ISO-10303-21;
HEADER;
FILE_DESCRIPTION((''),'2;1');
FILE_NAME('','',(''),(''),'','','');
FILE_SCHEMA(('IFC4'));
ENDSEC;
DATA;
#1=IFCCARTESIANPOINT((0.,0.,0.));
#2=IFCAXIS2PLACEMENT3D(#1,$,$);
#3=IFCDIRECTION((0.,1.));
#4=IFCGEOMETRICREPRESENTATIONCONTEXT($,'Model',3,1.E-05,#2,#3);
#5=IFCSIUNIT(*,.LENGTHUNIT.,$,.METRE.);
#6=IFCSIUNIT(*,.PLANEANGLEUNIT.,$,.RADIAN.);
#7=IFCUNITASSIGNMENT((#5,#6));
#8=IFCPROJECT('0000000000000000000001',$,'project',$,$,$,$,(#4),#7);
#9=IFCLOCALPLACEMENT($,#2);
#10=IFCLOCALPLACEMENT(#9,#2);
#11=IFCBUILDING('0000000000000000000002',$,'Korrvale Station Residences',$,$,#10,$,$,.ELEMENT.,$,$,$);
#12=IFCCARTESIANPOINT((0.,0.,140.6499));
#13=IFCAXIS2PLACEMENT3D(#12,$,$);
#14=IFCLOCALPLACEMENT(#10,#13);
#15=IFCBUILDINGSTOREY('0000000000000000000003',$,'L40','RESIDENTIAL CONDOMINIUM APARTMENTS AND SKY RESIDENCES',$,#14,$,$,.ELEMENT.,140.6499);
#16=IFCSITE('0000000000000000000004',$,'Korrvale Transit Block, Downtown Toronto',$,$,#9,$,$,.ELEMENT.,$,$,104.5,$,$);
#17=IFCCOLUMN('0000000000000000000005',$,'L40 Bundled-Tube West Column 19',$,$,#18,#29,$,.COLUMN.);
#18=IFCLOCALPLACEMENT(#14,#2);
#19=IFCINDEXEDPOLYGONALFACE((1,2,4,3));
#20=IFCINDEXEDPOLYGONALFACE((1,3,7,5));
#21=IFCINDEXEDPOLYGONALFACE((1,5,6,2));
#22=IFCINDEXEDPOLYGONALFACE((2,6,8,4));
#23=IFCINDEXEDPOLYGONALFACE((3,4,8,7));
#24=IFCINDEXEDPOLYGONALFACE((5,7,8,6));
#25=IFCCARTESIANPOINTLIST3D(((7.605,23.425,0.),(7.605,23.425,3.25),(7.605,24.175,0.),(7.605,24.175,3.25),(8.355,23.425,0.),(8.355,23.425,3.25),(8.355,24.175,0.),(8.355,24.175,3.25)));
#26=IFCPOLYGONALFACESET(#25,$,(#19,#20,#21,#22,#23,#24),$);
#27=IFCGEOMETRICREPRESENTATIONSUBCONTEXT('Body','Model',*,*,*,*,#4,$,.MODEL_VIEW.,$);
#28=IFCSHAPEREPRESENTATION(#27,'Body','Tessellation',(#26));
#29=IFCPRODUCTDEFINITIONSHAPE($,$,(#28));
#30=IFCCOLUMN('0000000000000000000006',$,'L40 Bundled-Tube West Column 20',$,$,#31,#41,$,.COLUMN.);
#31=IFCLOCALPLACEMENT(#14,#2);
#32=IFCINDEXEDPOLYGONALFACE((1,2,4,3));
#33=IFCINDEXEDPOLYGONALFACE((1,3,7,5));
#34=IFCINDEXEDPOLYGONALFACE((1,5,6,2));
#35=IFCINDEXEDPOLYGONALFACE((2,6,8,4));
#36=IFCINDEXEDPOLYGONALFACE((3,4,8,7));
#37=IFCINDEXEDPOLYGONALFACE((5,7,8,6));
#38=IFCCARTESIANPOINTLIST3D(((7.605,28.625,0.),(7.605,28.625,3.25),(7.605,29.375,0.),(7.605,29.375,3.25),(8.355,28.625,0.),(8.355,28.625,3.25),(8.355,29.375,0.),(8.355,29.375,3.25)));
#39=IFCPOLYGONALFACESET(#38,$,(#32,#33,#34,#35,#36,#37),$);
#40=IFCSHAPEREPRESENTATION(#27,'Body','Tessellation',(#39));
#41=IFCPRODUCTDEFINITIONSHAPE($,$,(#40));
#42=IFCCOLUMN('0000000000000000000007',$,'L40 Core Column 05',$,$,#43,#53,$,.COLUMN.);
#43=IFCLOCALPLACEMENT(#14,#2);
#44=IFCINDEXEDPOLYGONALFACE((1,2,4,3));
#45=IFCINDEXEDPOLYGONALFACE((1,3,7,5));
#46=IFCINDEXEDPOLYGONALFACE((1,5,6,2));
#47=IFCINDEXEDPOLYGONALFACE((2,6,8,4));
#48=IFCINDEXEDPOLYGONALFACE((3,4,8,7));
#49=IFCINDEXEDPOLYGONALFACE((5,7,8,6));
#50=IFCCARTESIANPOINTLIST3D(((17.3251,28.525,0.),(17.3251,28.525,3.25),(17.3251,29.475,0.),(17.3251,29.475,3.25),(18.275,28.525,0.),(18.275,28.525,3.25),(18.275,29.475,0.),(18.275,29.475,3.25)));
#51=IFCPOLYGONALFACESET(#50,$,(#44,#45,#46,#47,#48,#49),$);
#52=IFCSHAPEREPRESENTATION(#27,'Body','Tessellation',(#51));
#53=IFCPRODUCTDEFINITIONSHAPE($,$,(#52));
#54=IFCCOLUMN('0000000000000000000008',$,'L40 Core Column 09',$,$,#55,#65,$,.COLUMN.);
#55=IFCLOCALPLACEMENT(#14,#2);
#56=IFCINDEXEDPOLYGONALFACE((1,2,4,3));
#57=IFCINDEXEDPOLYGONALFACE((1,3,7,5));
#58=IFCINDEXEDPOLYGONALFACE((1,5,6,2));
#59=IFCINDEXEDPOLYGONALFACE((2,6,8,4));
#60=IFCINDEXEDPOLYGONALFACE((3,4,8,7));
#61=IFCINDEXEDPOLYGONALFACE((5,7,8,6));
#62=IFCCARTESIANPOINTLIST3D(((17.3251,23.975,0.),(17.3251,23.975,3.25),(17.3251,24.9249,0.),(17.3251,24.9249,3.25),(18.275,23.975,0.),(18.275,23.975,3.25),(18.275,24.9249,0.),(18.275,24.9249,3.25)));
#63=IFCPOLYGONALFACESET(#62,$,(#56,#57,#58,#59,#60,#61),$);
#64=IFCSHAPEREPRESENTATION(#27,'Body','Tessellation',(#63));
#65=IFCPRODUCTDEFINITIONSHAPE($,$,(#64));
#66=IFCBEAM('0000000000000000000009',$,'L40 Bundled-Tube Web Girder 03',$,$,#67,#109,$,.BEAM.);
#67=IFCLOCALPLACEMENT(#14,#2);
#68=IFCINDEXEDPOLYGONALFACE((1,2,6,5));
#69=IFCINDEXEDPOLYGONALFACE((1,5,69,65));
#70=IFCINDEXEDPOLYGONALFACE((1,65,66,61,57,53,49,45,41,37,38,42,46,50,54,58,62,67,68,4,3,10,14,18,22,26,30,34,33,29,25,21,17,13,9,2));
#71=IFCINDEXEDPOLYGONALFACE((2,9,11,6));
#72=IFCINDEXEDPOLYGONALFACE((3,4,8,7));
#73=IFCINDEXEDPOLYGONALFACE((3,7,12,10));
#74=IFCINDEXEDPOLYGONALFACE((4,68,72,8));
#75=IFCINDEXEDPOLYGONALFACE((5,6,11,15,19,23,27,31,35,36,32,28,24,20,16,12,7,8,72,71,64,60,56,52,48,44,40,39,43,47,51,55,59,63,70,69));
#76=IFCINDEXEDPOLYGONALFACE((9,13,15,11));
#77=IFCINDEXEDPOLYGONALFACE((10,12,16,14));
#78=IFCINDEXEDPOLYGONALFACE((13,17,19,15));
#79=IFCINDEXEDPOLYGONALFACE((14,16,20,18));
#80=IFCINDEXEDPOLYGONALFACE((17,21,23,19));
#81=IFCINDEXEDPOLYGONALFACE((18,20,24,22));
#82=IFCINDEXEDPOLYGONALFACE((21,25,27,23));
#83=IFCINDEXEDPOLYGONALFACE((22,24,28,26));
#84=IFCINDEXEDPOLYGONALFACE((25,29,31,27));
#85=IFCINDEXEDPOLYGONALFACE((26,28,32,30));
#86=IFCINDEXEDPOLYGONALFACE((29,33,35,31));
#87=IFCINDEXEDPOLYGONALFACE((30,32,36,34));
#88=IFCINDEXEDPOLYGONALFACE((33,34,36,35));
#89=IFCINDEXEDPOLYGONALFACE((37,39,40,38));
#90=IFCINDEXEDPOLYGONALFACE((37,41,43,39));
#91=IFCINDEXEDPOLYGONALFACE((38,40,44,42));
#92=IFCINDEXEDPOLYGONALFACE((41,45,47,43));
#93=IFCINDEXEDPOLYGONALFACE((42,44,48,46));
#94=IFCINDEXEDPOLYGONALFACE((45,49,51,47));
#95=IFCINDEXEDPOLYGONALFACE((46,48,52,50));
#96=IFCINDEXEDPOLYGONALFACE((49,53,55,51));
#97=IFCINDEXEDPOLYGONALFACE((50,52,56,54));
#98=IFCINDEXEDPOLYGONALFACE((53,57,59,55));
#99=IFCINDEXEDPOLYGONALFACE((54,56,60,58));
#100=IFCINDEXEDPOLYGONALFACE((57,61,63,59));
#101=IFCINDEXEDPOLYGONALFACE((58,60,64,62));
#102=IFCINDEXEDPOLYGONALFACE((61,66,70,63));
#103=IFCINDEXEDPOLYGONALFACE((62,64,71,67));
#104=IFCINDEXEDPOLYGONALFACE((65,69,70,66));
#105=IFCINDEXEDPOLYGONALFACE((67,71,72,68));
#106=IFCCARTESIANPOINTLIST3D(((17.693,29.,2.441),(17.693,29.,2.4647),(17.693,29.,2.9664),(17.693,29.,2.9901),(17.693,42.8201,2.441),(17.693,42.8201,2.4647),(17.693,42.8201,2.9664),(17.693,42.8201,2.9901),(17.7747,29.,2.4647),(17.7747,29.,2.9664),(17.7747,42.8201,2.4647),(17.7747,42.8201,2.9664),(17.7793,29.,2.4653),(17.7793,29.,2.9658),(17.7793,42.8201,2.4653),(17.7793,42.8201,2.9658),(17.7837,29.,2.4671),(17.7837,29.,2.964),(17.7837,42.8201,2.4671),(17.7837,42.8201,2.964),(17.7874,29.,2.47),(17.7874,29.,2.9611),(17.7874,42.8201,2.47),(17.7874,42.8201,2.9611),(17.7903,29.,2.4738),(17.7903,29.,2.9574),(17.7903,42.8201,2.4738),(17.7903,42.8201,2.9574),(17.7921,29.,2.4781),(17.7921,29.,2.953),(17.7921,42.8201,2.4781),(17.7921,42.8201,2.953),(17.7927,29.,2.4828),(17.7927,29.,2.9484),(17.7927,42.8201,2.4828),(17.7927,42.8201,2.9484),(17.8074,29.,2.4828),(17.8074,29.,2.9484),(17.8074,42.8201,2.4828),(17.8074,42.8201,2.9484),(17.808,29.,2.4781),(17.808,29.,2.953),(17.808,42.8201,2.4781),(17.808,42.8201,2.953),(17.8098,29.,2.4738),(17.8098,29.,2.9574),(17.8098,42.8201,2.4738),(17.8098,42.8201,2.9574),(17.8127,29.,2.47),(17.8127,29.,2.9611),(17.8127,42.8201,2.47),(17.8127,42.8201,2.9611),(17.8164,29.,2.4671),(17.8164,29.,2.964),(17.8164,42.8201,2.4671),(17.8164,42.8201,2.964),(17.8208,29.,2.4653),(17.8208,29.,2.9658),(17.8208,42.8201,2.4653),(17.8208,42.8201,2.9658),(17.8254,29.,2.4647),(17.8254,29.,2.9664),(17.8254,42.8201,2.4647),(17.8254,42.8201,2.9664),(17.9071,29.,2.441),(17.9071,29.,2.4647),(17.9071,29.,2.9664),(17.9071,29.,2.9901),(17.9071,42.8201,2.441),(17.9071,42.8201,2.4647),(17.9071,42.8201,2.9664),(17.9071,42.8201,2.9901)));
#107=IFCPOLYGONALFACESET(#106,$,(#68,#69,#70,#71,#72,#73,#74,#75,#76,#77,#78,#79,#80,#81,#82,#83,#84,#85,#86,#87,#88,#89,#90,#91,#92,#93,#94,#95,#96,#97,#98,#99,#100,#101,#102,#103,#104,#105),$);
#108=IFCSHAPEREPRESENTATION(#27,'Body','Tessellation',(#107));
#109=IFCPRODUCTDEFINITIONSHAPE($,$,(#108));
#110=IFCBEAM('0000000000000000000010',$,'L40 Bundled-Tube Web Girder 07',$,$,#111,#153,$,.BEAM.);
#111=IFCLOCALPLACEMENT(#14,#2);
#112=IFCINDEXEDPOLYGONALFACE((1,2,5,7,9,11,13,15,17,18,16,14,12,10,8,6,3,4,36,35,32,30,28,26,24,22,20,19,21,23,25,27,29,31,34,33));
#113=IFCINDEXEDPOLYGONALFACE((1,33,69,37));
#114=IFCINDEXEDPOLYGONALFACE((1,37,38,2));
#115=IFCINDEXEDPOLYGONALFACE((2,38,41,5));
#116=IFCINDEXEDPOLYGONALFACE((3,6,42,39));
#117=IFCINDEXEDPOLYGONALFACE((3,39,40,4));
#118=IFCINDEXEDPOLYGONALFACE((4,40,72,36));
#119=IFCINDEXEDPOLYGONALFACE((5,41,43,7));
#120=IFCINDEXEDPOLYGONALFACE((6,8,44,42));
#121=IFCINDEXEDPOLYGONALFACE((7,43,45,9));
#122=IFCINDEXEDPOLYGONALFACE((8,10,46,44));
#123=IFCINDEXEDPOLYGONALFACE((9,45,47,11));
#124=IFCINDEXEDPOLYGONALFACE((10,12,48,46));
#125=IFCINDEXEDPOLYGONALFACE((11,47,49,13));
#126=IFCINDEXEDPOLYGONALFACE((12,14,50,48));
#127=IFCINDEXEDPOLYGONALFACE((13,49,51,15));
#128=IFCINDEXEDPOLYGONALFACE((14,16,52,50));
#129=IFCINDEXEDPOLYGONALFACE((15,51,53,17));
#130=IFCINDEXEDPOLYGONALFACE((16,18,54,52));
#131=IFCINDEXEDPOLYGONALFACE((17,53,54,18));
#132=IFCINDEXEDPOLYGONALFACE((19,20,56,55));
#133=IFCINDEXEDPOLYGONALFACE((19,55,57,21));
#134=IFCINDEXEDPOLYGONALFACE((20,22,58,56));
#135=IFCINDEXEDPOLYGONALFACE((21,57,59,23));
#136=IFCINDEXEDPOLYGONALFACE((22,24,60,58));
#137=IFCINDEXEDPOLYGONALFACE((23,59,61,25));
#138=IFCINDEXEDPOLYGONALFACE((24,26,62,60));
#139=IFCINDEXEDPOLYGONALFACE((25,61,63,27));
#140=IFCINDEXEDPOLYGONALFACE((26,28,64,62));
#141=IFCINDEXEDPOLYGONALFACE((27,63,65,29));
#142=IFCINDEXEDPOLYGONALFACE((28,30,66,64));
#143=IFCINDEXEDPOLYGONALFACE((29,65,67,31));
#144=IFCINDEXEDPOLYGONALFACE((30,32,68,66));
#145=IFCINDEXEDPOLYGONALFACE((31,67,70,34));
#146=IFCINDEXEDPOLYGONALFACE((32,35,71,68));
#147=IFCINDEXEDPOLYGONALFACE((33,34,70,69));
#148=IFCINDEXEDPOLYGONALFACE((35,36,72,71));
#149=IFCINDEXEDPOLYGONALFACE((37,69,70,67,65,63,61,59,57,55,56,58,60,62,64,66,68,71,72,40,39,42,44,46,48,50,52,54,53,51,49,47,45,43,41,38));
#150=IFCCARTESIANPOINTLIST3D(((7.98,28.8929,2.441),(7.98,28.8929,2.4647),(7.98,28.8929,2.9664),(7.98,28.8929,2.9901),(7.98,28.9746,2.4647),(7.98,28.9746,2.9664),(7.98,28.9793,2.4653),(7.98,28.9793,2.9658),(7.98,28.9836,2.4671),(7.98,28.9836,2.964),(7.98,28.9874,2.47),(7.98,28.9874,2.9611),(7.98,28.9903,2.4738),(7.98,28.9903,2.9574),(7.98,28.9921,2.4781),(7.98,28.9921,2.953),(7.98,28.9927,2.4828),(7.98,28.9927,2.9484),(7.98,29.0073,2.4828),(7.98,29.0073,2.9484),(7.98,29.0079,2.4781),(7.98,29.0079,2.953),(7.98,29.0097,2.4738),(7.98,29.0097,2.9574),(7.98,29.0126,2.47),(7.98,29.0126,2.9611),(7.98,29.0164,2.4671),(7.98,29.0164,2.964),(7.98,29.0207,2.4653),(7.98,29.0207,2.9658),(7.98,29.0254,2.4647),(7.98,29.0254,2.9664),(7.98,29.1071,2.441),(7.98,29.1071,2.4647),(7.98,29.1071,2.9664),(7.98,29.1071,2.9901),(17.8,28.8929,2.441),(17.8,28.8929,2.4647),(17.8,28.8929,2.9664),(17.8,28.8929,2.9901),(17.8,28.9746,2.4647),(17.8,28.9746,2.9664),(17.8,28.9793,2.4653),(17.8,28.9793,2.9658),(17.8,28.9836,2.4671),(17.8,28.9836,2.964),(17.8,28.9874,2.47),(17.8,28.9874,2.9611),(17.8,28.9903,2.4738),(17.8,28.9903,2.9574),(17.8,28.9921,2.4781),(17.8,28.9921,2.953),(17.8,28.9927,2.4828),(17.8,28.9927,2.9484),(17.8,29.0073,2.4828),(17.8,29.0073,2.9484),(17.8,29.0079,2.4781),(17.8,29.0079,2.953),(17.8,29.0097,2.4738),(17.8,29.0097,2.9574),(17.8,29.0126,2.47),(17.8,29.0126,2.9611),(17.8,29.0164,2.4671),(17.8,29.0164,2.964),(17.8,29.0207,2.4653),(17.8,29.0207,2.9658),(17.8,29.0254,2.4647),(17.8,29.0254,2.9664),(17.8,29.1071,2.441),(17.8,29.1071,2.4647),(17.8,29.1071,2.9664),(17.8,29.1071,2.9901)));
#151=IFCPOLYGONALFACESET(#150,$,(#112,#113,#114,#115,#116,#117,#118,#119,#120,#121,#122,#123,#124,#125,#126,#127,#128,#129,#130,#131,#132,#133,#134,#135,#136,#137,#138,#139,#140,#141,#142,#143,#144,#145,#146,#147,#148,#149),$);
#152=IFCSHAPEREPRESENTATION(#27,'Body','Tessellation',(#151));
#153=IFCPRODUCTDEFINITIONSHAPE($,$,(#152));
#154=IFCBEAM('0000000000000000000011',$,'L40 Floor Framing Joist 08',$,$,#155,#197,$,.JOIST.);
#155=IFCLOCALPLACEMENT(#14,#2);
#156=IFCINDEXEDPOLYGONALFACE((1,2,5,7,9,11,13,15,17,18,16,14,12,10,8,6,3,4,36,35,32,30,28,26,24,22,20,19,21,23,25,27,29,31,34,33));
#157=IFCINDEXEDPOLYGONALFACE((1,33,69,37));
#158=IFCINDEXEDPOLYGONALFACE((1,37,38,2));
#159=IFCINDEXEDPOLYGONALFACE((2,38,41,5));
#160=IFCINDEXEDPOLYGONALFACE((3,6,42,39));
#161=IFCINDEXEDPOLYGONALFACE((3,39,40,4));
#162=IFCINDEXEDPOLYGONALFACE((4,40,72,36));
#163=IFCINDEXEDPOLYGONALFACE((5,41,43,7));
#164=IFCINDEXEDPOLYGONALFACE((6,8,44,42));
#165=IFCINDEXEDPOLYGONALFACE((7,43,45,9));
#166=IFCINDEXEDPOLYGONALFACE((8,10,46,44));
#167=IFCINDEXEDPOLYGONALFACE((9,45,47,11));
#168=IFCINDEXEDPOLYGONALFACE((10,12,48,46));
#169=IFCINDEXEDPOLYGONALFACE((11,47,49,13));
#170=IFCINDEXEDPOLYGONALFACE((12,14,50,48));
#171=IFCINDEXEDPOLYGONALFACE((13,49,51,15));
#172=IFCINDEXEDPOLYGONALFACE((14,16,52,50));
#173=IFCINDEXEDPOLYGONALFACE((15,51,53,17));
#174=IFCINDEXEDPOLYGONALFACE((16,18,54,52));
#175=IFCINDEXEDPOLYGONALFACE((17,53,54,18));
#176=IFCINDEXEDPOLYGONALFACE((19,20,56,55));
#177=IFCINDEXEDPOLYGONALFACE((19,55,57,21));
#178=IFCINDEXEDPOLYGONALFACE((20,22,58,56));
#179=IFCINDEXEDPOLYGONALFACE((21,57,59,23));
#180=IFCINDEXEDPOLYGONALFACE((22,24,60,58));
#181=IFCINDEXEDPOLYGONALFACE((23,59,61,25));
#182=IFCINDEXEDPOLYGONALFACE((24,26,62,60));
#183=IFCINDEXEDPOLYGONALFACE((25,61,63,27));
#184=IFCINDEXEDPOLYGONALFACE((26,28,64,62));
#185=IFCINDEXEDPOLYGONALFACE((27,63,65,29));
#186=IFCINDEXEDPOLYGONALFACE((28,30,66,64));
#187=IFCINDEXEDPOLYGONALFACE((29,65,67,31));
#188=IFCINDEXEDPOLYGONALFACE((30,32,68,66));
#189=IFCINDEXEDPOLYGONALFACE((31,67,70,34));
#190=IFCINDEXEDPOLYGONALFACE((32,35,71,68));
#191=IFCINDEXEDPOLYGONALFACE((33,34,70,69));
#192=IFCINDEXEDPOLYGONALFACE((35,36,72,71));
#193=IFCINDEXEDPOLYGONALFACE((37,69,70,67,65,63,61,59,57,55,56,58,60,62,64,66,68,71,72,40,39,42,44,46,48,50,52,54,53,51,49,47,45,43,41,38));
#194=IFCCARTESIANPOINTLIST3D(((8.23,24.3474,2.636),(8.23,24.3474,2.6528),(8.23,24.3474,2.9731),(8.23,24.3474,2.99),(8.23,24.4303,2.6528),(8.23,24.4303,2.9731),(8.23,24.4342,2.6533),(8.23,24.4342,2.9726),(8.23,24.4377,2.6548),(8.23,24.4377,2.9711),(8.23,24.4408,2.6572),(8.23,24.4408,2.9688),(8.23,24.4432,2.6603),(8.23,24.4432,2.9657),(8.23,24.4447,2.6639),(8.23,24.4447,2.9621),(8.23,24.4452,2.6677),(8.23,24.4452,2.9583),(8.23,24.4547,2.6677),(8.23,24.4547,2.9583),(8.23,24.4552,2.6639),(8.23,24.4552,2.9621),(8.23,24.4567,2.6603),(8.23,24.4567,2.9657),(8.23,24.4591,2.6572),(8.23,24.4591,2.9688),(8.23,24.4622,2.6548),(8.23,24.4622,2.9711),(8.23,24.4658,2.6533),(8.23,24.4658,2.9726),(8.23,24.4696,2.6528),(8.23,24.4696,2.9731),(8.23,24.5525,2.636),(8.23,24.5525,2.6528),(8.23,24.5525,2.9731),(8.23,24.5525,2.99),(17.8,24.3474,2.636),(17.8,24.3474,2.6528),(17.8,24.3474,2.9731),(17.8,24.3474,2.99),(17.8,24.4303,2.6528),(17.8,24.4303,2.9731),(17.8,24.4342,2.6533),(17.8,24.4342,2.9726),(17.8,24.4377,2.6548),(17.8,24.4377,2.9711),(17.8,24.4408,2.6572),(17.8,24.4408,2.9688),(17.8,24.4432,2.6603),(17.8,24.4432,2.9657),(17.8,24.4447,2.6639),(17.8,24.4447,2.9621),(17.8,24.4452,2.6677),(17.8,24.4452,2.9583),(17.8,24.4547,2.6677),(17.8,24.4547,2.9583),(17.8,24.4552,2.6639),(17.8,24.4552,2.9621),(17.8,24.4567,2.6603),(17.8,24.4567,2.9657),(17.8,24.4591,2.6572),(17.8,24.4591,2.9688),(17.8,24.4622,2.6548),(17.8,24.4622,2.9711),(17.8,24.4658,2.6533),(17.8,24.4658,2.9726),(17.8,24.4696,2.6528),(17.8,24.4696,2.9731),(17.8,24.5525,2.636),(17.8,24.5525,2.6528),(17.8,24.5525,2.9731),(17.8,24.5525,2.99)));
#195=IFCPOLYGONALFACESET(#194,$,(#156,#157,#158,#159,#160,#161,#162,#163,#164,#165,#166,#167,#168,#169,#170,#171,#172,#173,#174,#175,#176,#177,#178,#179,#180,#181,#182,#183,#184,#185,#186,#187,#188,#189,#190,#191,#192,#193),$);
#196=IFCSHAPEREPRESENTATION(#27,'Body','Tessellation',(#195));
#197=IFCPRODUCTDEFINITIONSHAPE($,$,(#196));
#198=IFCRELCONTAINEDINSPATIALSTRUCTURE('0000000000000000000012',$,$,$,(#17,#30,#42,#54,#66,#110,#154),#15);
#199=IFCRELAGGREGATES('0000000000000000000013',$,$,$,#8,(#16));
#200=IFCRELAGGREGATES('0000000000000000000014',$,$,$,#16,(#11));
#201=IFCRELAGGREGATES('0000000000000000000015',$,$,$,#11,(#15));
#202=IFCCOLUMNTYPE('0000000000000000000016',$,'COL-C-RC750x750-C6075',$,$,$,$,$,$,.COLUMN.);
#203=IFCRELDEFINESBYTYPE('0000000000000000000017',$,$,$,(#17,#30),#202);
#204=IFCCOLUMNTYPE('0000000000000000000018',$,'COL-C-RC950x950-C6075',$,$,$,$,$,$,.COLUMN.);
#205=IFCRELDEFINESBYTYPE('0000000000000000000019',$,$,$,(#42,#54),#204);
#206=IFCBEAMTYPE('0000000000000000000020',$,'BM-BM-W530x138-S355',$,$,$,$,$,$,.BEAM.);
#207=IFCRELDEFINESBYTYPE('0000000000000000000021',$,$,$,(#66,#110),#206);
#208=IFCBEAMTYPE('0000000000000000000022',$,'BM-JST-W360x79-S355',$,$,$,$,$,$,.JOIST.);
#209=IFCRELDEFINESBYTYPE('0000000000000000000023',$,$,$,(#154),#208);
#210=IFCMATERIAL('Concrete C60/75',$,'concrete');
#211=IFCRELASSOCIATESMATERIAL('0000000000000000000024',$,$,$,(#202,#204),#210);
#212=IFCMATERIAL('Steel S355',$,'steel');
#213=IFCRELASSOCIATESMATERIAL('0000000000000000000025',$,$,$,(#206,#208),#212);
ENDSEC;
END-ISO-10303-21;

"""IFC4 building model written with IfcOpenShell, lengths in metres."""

from ifc_helpers import new_model, si_unit, direction, frame, origin, origin_2d, place, context, subcontext, project, spatial, rectangle, i_section, extrude, material, material_profile, profile_set, type_object, element, save


model = new_model("IFC4")

# Units and contexts
model_context = context("Model", 3, precision=1e-05, world=origin(), true_north=direction((0.0, 1.0)))
body_context = subcontext(model_context, "Body", "Model", "MODEL_VIEW")
ifc_project = project(units=[si_unit("LENGTHUNIT", "METRE"), si_unit("PLANEANGLEUNIT", "RADIAN")], contexts=[model_context])

# Site, building, storey
site_placement = place(None, origin())
site = spatial("IfcSite", under=ifc_project, at=site_placement, Name="Korrvale Transit Block, Downtown Toronto", CompositionType="ELEMENT", RefElevation=104.5)
building_placement = place(site_placement, origin())
building = spatial("IfcBuilding", under=site, at=building_placement, Name="Korrvale Station Residences", CompositionType="ELEMENT")
storey_placement = place(building_placement, frame((0.0, 0.0, 140.6499)))
storey = spatial("IfcBuildingStorey", under=building, at=storey_placement, Name="L40", Description="RESIDENTIAL CONDOMINIUM APARTMENTS AND SKY RESIDENCES", CompositionType="ELEMENT", Elevation=140.6499)

# Columns
ifc_material_1 = material(Name="Concrete C60/75", Category="concrete")
ifc_material_profile_1 = material_profile(ifc_material_1, rectangle(XDim=0.75, YDim=0.75, at=origin_2d()), Name="RC750x750")
ifc_profile_set_1 = profile_set([ifc_material_profile_1], Name="Concrete C60/75")
column_type_1 = type_object("IfcColumnType", Name="COL-C-RC750x750-C6075", PredefinedType="COLUMN", material=ifc_profile_set_1)
for number, where, z_axis, x_axis, name in (
    (1, (7.98, 23.8, 0.0), (0.0, 0.0, 1.0), (1.0, 0.0, 0.0), "L40 Bundled-Tube West Column 19"),
    (2, (7.98, 29.0, 0.0), (0.0, 0.0, 1.0), (1.0, 0.0, 0.0), "L40 Bundled-Tube West Column 20"),
):
    element("IfcColumn", number, at=place(storey_placement, frame(where, z_axis=z_axis, x_axis=x_axis)), inside=storey, type_object=column_type_1, Name=name, PredefinedType="COLUMN", context=body_context, shape_type="SweptSolid", body=[
        extrude(rectangle(XDim=0.75, YDim=0.75, at=origin_2d()), origin(), (0.0, 0.0, 1.0), 3.25),
    ])
ifc_material_profile_2 = material_profile(ifc_material_1, rectangle(XDim=0.95, YDim=0.95, at=origin_2d()), Name="RC950x950")
ifc_profile_set_2 = profile_set([ifc_material_profile_2], Name="Concrete C60/75")
column_type_2 = type_object("IfcColumnType", Name="COL-C-RC950x950-C6075", PredefinedType="COLUMN", material=ifc_profile_set_2)
for number, where, z_axis, x_axis, name in (
    (3, (17.8, 29.0, 0.0), (0.0, 0.0, 1.0), (1.0, 0.0, 0.0), "L40 Core Column 05"),
    (4, (17.8, 24.45, 0.0), (0.0, 0.0, 1.0), (1.0, 0.0, 0.0), "L40 Core Column 09"),
):
    element("IfcColumn", number, at=place(storey_placement, frame(where, z_axis=z_axis, x_axis=x_axis)), inside=storey, type_object=column_type_2, Name=name, PredefinedType="COLUMN", context=body_context, shape_type="SweptSolid", body=[
        extrude(rectangle(XDim=0.95, YDim=0.95, at=origin_2d()), origin(), (0.0, 0.0, 1.0), 3.25),
    ])

# Beams
ifc_material_2 = material(Name="Steel S355", Category="steel")
ifc_material_profile_3 = material_profile(ifc_material_2, i_section(OverallWidth=0.2141, OverallDepth=0.5491, WebThickness=0.0146, FlangeThickness=0.0237, FilletRadius=0.0181, at=origin_2d()), Name="W530x138")
ifc_profile_set_3 = profile_set([ifc_material_profile_3], Name="Steel S355")
beam_type_1 = type_object("IfcBeamType", Name="BM-BM-W530x138-S355", PredefinedType="BEAM", material=ifc_profile_set_3)
beam_1_placement = place(storey_placement, frame((17.8, 29.0, 2.7156), z_axis=(0.0, 1.0, 0.0), x_axis=(-1.0, 0.0, 0.0)))
element("IfcBeam", 5, at=beam_1_placement, inside=storey, type_object=beam_type_1, Name="L40 Bundled-Tube Web Girder 03", PredefinedType="BEAM", context=body_context, shape_type="SweptSolid", body=[
    extrude(i_section(OverallWidth=0.2141, OverallDepth=0.5491, WebThickness=0.0146, FlangeThickness=0.0237, FilletRadius=0.0181, at=origin_2d()), origin(), (0.0, 0.0, 1.0), 13.8201),
])
beam_2_placement = place(storey_placement, frame((7.98, 29.0, 2.7156), z_axis=(1.0, 0.0, 0.0), x_axis=(0.0, 1.0, 0.0)))
element("IfcBeam", 6, at=beam_2_placement, inside=storey, type_object=beam_type_1, Name="L40 Bundled-Tube Web Girder 07", PredefinedType="BEAM", context=body_context, shape_type="SweptSolid", body=[
    extrude(i_section(OverallWidth=0.2141, OverallDepth=0.5491, WebThickness=0.0146, FlangeThickness=0.0237, FilletRadius=0.0181, at=origin_2d()), origin(), (0.0, 0.0, 1.0), 9.8201),
])
ifc_material_profile_4 = material_profile(ifc_material_2, i_section(OverallWidth=0.2051, OverallDepth=0.354, WebThickness=0.0095, FlangeThickness=0.0168, FilletRadius=0.0149, at=origin_2d()), Name="W360x79")
ifc_profile_set_4 = profile_set([ifc_material_profile_4], Name="Steel S355")
beam_type_2 = type_object("IfcBeamType", Name="BM-JST-W360x79-S355", PredefinedType="JOIST", material=ifc_profile_set_4)
beam_3_placement = place(storey_placement, frame((8.23, 24.45, 2.813), z_axis=(1.0, 0.0, 0.0), x_axis=(0.0, 1.0, 0.0)))
element("IfcBeam", 7, at=beam_3_placement, inside=storey, type_object=beam_type_2, Name="L40 Floor Framing Joist 08", PredefinedType="JOIST", context=body_context, shape_type="SweptSolid", body=[
    extrude(i_section(OverallWidth=0.2051, OverallDepth=0.354, WebThickness=0.0095, FlangeThickness=0.0168, FilletRadius=0.0149, at=origin_2d()), origin(), (0.0, 0.0, 1.0), 9.5701),
])

save(model, "model.ifc")
